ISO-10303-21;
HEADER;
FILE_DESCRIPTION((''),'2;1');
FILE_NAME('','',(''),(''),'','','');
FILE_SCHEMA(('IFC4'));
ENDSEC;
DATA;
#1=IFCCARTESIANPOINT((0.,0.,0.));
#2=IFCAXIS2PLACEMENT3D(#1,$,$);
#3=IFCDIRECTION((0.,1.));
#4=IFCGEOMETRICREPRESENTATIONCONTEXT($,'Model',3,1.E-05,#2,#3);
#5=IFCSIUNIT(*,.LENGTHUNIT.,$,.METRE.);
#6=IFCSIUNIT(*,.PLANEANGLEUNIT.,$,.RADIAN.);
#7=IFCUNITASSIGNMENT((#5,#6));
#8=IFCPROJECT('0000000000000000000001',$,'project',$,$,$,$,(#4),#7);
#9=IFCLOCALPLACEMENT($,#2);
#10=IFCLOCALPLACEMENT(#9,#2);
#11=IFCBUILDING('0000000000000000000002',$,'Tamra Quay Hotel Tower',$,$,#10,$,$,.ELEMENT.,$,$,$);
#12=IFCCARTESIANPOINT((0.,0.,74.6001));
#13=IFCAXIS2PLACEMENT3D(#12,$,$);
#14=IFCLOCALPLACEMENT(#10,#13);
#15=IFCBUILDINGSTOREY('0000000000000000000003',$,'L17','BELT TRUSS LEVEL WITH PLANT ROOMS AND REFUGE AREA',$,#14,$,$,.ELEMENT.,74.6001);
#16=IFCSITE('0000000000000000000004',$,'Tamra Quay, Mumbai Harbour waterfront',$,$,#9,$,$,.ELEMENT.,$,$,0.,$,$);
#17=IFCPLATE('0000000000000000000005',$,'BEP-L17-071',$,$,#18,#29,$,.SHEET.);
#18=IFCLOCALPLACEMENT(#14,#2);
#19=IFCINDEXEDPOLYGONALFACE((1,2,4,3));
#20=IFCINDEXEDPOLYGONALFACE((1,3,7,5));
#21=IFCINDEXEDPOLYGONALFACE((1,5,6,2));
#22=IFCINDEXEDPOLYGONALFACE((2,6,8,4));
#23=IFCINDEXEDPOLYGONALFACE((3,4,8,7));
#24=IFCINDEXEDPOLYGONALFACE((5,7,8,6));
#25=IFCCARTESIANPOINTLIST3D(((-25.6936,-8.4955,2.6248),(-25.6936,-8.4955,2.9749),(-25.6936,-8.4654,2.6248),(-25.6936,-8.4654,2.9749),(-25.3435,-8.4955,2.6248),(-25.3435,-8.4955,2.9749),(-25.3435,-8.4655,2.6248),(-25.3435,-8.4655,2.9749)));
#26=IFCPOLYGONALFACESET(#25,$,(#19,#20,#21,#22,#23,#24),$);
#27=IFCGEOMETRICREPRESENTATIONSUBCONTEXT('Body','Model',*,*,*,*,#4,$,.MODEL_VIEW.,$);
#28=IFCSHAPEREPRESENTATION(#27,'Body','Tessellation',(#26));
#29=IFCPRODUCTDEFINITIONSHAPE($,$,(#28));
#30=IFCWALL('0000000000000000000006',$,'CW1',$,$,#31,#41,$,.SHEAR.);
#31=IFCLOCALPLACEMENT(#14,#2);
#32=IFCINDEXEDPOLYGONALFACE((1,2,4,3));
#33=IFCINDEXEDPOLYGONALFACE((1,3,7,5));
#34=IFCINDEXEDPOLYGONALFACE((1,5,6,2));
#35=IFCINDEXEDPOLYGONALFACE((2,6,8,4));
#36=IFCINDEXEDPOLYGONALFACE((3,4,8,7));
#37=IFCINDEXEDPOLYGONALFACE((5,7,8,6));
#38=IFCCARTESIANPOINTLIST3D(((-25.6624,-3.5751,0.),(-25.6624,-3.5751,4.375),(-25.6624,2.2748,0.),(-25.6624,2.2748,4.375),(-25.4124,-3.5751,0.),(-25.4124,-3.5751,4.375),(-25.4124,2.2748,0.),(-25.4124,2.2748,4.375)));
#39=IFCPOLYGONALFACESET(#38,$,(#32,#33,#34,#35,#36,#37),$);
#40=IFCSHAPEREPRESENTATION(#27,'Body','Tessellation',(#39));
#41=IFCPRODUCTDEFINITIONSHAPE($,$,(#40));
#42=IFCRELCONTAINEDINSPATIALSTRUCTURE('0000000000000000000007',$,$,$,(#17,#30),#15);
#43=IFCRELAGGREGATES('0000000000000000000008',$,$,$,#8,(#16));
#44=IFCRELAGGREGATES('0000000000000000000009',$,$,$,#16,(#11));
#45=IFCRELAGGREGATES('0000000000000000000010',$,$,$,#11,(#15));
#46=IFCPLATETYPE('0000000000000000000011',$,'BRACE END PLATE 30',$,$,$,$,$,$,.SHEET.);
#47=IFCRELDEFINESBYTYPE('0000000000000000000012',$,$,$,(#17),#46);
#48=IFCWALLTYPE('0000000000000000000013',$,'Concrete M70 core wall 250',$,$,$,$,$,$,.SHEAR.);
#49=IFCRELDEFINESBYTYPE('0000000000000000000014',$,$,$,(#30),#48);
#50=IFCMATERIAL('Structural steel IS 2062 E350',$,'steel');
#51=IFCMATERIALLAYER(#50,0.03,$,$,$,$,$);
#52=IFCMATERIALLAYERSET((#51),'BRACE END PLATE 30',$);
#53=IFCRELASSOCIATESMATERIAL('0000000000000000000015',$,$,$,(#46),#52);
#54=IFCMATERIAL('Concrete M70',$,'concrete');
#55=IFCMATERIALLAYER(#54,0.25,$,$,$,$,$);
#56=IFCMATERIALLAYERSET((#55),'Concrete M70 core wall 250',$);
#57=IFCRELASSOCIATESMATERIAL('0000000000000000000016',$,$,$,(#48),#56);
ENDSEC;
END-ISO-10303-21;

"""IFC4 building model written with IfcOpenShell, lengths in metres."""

from ifc_helpers import new_model, si_unit, direction, frame, frame_2d, origin, origin_2d, place, context, subcontext, project, spatial, rectangle, extrude, material, layer, layer_set, type_object, element, save


model = new_model("IFC4")

# Units and contexts
model_context = context("Model", 3, precision=1e-05, world=origin(), true_north=direction((0.0, 1.0)))
body_context = subcontext(model_context, "Body", "Model", "MODEL_VIEW")
ifc_project = project(units=[si_unit("LENGTHUNIT", "METRE"), si_unit("PLANEANGLEUNIT", "RADIAN")], contexts=[model_context])

# Site, building, storey
site_placement = place(None, origin())
site = spatial("IfcSite", under=ifc_project, at=site_placement, Name="Tamra Quay, Mumbai Harbour waterfront", CompositionType="ELEMENT", RefElevation=0.0)
building_placement = place(site_placement, origin())
building = spatial("IfcBuilding", under=site, at=building_placement, Name="Tamra Quay Hotel Tower", CompositionType="ELEMENT")
storey_placement = place(building_placement, frame((0.0, 0.0, 74.6001)))
storey = spatial("IfcBuildingStorey", under=building, at=storey_placement, Name="L17", Description="BELT TRUSS LEVEL WITH PLANT ROOMS AND REFUGE AREA", CompositionType="ELEMENT", Elevation=74.6001)

# Shared definitions
ifc_material_1 = material(Name="Concrete M70", Category="concrete")

# Shared definitions
ifc_material_2 = material(Name="Structural steel IS 2062 E350", Category="steel")

# Plate
ifc_layer_1 = layer(ifc_material_2, 0.03)
ifc_layer_set_1 = layer_set([ifc_layer_1], Name="BRACE END PLATE 30")
plate_type = type_object("IfcPlateType", Name="BRACE END PLATE 30", PredefinedType="SHEET", material=ifc_layer_set_1)
for number, where, z_axis, x_axis, name in (
    (1, (-25.5186, -8.4805, 2.6248), (0.0, 0.0, 1.0), (0.000127, 1.0, 0.0), "BEP-L17-071"),
):
    element("IfcPlate", number, at=place(storey_placement, frame(where, z_axis=z_axis, x_axis=x_axis)), inside=storey, type_object=plate_type, Name=name, PredefinedType="SHEET", context=body_context, shape_type="SweptSolid", body=[
        extrude(rectangle(XDim=0.03, YDim=0.3501, at=origin_2d()), origin(), (0.0, 0.0, 1.0), 0.3501),
    ])

# Wall
ifc_layer_2 = layer(ifc_material_1, 0.25)
ifc_layer_set_2 = layer_set([ifc_layer_2], Name="Concrete M70 core wall 250")
wall_type = type_object("IfcWallType", Name="Concrete M70 core wall 250", PredefinedType="SHEAR", material=ifc_layer_set_2)
wall_placement = place(storey_placement, frame((-25.5374, -3.575, 0.0), z_axis=(0.0, 0.0, 1.0), x_axis=(0.0, 1.0, 0.0)))
element("IfcWall", 2, at=wall_placement, inside=storey, type_object=wall_type, Name="CW1", PredefinedType="SHEAR", context=body_context, shape_type="SweptSolid", body=[
    extrude(rectangle(XDim=5.8499, YDim=0.25, at=frame_2d((2.9248, 0.0))), origin(), (0.0, 0.0, 1.0), 4.375),
])

save(model, "model.ifc")
